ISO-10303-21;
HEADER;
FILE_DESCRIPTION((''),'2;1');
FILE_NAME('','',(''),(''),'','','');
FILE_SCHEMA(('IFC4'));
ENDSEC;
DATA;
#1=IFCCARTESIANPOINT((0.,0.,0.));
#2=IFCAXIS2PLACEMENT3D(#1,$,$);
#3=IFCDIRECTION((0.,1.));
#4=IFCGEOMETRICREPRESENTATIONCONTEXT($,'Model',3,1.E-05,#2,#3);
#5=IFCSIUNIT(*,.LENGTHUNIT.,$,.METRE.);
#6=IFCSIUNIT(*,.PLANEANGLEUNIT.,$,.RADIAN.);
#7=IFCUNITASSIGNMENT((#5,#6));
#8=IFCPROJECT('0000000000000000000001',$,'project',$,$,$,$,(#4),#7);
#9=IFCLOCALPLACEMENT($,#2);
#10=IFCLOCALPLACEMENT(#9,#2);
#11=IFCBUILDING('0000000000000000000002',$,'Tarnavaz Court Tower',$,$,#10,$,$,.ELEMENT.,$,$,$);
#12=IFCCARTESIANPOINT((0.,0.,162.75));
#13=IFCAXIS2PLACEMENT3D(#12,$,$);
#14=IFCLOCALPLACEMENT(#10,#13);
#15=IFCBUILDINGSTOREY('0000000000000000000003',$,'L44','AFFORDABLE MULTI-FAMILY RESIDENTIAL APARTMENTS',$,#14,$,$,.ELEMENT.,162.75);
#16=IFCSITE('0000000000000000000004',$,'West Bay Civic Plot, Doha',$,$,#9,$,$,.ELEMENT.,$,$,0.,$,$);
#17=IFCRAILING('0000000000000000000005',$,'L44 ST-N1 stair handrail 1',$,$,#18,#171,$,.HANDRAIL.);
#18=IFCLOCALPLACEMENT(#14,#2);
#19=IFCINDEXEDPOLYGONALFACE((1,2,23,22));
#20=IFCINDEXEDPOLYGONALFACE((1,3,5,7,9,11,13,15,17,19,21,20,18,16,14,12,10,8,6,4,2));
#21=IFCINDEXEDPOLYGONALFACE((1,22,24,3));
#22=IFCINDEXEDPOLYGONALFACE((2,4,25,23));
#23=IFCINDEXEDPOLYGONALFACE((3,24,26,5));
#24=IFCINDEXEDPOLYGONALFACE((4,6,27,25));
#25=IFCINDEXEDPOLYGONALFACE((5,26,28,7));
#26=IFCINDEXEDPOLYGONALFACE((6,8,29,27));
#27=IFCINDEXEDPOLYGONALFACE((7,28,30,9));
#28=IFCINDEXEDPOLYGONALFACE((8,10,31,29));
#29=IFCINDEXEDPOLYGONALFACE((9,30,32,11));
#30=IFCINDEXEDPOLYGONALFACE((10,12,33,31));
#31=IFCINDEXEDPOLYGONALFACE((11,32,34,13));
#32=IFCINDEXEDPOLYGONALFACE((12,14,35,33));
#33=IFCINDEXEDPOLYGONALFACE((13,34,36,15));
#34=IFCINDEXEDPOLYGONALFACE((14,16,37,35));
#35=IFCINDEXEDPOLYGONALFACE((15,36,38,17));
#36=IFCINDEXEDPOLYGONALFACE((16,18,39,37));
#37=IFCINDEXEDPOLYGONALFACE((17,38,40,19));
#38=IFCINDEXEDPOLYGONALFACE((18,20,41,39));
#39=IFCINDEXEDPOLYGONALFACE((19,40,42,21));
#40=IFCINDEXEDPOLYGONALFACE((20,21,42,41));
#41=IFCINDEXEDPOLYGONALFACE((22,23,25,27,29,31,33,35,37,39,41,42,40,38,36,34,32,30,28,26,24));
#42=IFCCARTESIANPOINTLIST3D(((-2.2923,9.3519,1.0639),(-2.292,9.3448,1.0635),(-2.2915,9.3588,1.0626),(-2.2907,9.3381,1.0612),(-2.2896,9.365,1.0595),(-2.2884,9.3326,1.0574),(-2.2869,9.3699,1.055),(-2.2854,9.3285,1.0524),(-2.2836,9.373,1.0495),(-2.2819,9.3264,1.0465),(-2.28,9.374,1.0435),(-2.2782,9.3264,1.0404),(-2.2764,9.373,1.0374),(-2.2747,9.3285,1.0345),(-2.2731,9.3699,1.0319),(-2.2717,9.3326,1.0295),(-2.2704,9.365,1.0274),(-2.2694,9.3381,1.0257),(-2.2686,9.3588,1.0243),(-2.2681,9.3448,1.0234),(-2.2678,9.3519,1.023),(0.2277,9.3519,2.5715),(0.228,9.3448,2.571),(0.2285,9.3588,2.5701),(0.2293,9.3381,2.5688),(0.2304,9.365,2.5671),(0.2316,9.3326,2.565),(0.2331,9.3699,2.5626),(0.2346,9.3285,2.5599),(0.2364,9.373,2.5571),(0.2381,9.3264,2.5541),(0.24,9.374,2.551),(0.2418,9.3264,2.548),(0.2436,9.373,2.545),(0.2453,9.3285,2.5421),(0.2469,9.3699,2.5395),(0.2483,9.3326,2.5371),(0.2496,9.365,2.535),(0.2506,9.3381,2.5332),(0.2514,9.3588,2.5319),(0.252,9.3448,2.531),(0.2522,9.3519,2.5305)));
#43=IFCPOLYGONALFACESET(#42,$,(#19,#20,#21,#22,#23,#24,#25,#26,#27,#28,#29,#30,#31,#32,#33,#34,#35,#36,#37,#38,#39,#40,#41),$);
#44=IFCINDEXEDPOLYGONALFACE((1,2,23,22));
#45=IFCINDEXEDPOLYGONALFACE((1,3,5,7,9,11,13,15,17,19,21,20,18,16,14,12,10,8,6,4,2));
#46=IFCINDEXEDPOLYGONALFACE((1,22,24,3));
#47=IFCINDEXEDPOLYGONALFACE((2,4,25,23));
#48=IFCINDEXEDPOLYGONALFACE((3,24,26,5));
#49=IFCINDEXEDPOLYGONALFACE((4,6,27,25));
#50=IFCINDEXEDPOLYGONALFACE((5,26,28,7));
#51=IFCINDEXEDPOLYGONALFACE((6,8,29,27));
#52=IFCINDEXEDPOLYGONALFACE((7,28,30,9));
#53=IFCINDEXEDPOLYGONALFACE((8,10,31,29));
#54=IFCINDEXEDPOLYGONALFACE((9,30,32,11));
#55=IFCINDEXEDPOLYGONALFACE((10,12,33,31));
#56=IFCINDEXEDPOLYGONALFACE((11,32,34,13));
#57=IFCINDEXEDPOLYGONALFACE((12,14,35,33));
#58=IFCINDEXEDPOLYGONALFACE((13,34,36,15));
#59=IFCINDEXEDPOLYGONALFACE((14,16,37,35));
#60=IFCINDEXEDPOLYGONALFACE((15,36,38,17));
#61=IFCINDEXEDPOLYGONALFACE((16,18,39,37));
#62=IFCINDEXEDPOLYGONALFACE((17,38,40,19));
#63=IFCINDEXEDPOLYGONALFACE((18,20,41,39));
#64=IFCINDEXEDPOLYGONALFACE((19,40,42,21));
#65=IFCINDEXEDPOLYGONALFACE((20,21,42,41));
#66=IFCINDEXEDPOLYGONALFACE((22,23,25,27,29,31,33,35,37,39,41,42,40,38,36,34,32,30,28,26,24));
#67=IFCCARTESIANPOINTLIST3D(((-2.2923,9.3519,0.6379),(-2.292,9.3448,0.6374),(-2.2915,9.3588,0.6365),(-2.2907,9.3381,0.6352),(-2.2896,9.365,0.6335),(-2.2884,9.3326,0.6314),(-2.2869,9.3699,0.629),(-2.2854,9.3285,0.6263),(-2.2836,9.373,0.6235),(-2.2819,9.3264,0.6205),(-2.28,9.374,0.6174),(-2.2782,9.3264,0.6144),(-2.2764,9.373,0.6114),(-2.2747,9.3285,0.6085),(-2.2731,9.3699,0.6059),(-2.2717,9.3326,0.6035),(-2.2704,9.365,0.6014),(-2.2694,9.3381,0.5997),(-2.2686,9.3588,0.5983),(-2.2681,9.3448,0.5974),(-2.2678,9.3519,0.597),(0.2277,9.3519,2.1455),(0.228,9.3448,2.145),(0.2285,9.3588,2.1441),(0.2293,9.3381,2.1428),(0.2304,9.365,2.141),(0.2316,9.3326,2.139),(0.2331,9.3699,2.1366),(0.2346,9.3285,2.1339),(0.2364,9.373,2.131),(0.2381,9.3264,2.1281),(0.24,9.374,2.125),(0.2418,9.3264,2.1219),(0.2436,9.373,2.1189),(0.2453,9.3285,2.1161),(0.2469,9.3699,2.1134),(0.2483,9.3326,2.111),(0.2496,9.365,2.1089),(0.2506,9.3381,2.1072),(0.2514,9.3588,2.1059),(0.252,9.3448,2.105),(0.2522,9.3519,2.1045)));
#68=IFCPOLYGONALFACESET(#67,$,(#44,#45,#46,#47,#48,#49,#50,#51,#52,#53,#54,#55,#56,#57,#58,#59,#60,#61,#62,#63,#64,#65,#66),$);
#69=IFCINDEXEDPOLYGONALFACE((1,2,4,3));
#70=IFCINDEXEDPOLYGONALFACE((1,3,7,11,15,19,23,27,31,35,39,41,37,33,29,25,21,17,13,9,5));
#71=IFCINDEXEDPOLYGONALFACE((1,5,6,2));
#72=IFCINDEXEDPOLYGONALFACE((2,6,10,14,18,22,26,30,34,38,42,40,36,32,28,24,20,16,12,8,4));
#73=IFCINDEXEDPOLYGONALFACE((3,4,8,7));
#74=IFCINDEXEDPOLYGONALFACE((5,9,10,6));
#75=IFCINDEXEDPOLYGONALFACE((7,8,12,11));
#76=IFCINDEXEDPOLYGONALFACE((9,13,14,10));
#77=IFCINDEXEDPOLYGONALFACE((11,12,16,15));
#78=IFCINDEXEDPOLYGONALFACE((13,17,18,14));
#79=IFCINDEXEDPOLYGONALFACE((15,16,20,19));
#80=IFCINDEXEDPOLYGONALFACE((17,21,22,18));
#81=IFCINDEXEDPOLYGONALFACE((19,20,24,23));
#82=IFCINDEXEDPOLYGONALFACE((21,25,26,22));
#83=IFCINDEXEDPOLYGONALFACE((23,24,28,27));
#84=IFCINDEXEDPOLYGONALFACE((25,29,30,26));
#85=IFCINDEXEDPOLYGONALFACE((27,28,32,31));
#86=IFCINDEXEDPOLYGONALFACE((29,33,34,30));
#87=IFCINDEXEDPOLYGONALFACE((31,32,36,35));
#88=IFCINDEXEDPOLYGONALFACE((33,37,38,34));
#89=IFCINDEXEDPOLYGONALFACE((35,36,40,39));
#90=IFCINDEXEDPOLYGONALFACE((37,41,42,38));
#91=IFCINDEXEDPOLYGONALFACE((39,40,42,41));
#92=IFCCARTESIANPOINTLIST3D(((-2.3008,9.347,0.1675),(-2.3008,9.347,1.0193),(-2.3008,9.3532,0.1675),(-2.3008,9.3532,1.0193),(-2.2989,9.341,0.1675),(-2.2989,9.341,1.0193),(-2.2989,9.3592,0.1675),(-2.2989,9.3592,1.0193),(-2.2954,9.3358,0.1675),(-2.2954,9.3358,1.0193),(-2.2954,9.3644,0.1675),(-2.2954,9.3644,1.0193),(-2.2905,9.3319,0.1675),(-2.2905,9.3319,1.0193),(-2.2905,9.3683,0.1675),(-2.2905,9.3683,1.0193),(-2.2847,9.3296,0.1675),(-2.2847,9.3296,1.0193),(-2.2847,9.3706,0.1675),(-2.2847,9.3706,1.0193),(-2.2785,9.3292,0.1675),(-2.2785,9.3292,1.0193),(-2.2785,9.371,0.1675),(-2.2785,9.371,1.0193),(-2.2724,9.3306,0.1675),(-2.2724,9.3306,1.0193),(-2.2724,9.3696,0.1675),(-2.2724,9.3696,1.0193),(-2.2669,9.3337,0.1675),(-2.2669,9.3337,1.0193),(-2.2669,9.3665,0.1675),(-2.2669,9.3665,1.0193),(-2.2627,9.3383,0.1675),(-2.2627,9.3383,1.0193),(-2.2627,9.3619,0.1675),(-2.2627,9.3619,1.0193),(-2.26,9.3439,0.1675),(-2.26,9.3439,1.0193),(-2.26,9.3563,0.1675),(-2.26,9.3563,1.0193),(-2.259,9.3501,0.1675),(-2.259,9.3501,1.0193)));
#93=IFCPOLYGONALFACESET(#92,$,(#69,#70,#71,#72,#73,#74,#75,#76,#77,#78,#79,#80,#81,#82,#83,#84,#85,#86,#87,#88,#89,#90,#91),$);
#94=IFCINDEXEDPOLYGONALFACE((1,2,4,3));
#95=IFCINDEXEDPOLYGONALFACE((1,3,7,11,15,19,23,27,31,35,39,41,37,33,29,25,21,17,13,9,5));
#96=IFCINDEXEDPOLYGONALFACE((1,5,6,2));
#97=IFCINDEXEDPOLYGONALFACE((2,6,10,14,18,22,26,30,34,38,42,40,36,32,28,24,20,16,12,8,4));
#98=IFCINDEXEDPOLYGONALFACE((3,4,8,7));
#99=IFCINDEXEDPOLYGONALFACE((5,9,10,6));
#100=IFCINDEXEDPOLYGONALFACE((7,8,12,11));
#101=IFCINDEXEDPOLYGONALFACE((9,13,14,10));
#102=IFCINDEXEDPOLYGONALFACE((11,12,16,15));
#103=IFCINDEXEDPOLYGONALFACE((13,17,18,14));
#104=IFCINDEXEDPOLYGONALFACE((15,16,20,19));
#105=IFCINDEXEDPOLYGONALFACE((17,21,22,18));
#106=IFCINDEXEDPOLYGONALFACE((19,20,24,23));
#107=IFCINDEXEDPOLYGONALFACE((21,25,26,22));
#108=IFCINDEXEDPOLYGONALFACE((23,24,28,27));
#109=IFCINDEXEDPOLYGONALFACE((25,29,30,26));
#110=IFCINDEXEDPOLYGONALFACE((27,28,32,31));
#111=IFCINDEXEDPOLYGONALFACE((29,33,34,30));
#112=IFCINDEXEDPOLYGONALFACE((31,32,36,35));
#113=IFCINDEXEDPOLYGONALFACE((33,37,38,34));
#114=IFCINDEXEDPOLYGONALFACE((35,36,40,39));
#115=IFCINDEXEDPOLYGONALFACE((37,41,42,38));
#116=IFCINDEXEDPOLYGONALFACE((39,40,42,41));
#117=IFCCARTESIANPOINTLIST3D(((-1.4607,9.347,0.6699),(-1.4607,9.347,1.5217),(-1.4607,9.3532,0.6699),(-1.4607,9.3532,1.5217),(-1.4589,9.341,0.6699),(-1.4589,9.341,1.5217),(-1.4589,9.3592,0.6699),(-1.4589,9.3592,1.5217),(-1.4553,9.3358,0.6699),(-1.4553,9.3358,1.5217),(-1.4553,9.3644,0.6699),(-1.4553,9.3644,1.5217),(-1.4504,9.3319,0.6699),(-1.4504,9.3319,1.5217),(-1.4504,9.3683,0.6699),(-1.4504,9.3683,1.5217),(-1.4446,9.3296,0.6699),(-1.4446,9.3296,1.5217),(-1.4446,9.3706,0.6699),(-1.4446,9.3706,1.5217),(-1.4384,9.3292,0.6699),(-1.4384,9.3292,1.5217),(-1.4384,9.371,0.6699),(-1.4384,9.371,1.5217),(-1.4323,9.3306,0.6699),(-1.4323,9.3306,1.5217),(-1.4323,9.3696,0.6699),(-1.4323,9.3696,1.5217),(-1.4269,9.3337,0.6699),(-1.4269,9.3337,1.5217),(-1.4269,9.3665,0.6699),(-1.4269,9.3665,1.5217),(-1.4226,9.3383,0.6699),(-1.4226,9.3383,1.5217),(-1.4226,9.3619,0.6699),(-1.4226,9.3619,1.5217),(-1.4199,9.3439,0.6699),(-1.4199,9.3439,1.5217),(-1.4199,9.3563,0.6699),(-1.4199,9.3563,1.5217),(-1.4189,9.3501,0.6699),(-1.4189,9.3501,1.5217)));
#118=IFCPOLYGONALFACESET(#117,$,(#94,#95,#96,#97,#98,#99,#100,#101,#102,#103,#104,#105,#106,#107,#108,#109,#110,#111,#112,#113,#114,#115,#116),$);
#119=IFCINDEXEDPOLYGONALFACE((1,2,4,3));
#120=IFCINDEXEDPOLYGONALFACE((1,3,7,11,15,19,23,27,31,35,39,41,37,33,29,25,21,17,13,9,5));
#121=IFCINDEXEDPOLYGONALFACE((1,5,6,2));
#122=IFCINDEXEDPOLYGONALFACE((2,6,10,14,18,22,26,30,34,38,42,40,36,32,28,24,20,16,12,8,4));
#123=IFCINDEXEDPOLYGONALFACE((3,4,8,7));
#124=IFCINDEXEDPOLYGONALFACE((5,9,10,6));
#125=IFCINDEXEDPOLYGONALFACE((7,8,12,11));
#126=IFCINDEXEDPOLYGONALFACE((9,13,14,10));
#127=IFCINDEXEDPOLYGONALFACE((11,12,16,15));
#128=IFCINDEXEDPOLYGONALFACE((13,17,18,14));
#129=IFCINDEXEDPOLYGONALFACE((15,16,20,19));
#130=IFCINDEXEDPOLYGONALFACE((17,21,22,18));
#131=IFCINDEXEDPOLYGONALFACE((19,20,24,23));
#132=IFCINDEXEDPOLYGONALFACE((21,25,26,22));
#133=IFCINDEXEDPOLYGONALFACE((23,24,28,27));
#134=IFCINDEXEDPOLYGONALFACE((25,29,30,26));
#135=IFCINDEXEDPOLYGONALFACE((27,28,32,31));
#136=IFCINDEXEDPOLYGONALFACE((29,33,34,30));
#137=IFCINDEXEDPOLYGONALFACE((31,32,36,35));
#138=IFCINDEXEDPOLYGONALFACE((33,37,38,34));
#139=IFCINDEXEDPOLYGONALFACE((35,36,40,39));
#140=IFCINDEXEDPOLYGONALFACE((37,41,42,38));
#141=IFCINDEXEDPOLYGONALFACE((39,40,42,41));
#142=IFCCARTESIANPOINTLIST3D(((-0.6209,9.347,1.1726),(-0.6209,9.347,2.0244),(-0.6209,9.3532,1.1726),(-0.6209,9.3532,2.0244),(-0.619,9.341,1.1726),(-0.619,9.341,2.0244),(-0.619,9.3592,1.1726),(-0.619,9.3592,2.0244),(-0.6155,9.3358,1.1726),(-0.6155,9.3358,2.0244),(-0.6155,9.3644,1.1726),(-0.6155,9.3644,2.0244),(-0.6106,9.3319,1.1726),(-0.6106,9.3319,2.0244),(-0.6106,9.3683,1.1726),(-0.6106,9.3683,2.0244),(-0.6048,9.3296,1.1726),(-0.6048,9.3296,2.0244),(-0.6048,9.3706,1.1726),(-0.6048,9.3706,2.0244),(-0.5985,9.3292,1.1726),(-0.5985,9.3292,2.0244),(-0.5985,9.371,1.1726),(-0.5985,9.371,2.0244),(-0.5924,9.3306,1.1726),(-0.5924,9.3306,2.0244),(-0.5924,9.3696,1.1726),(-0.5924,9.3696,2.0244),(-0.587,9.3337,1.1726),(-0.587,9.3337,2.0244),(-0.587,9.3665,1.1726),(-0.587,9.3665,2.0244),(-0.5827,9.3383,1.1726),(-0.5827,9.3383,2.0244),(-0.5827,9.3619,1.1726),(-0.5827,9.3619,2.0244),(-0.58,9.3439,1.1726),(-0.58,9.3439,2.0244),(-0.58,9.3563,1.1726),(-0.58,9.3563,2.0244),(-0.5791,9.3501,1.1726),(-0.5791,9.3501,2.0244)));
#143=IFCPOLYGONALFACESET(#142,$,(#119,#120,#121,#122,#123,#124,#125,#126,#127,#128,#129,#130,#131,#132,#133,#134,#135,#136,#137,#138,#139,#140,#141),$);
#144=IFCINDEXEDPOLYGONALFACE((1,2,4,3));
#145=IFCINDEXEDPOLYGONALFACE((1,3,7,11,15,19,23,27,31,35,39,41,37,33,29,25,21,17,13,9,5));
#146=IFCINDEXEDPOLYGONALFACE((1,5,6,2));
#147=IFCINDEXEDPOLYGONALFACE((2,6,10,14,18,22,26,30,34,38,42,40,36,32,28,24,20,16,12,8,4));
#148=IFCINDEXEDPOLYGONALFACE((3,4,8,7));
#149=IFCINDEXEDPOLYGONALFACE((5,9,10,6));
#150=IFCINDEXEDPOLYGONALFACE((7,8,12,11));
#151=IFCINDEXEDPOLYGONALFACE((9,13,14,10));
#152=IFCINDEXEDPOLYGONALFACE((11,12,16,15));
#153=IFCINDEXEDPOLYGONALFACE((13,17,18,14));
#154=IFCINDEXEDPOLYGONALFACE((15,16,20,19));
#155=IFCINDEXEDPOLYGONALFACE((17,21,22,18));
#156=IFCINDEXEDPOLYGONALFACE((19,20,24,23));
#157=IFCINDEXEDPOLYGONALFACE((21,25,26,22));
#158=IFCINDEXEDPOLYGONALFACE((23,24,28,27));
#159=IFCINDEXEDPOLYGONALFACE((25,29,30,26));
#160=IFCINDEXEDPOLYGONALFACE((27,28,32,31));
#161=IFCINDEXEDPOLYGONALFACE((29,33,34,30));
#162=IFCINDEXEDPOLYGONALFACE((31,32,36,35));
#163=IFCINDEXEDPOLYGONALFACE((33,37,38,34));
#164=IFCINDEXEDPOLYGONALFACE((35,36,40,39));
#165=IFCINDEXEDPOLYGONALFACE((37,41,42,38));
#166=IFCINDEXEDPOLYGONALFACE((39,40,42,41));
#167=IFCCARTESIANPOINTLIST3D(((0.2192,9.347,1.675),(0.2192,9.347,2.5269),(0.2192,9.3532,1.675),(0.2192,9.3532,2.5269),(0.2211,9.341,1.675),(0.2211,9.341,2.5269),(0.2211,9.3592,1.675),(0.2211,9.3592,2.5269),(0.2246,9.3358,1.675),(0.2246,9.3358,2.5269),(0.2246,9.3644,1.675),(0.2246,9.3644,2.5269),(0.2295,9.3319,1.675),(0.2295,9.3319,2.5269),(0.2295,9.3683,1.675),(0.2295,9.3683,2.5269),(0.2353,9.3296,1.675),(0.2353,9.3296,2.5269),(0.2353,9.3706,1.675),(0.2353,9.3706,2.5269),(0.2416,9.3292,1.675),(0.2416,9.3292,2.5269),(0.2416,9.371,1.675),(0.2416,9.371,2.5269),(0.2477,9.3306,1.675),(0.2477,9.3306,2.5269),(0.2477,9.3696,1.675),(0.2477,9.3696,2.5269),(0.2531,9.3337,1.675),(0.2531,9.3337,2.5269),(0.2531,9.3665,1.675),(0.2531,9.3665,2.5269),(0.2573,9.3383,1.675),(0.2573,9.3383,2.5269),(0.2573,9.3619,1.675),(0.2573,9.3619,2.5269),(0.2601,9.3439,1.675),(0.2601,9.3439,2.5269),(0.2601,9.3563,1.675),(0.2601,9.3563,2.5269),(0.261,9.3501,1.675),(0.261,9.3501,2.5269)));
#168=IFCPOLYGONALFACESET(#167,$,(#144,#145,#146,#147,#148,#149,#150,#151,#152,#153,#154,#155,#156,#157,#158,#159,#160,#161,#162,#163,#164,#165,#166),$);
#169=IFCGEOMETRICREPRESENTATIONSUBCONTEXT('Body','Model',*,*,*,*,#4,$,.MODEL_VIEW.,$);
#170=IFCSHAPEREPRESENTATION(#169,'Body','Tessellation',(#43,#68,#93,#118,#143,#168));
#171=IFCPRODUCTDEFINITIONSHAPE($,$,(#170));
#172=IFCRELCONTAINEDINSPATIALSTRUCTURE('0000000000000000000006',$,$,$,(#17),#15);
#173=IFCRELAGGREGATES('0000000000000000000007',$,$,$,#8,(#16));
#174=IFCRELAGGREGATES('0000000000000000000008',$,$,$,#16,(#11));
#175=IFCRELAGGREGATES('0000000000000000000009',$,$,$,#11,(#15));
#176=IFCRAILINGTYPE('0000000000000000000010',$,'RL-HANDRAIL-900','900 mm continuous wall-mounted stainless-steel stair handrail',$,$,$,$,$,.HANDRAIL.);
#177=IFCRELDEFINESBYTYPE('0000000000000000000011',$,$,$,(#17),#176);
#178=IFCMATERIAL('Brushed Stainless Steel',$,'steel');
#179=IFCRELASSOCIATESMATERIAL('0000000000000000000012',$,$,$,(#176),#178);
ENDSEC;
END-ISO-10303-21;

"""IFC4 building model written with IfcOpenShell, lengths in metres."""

from ifc_helpers import new_model, si_unit, direction, frame, origin, origin_2d, place, context, subcontext, project, spatial, circle, extrude, material, type_object, element, save


model = new_model("IFC4")

# Units and contexts
model_context = context("Model", 3, precision=1e-05, world=origin(), true_north=direction((0.0, 1.0)))
body_context = subcontext(model_context, "Body", "Model", "MODEL_VIEW")
ifc_project = project(units=[si_unit("LENGTHUNIT", "METRE"), si_unit("PLANEANGLEUNIT", "RADIAN")], contexts=[model_context])

# Site, building, storey
site_placement = place(None, origin())
site = spatial("IfcSite", under=ifc_project, at=site_placement, Name="West Bay Civic Plot, Doha", CompositionType="ELEMENT", RefElevation=0.0)
building_placement = place(site_placement, origin())
building = spatial("IfcBuilding", under=site, at=building_placement, Name="Tarnavaz Court Tower", CompositionType="ELEMENT")
storey_placement = place(building_placement, frame((0.0, 0.0, 162.75)))
storey = spatial("IfcBuildingStorey", under=building, at=storey_placement, Name="L44", Description="AFFORDABLE MULTI-FAMILY RESIDENTIAL APARTMENTS", CompositionType="ELEMENT", Elevation=162.75)

# Railing
ifc_material_1 = material(Name="Brushed Stainless Steel", Category="steel")
railing_type_1 = type_object("IfcRailingType", Name="RL-HANDRAIL-900", Description="900 mm continuous wall-mounted stainless-steel stair handrail", PredefinedType="HANDRAIL", material=ifc_material_1)
railing_1_placement = place(storey_placement, frame((-2.28, 9.3501, 0.1675)))
element("IfcRailing", 1, at=railing_1_placement, inside=storey, type_object=railing_type_1, Name="L44 ST-N1 stair handrail 1", PredefinedType="HANDRAIL", context=body_context, shape_type="SweptSolid", body=[
    extrude(circle(Radius=0.0239, at=origin_2d()), frame((0.0, 0.0, 0.876), z_axis=(0.85816, 0.0, 0.513383), x_axis=(0.0, 1.0, 0.0)), (0.0, 0.0, 1.0), 2.9365),
    extrude(circle(Radius=0.0239, at=origin_2d()), frame((0.0, 0.0, 0.45), z_axis=(0.85816, 0.0, 0.513383), x_axis=(0.0, 1.0, 0.0)), (0.0, 0.0, 1.0), 2.9365),
    extrude(circle(Radius=0.021, at=origin_2d()), origin(), (0.0, 0.0, 1.0), 0.8518),
    extrude(circle(Radius=0.021, at=origin_2d()), frame((0.8401, 0.0, 0.5024)), (0.0, 0.0, 1.0), 0.8518),
    extrude(circle(Radius=0.021, at=origin_2d()), frame((1.6799, 0.0, 1.0051)), (0.0, 0.0, 1.0), 0.8518),
    extrude(circle(Radius=0.021, at=origin_2d()), frame((2.52, 0.0, 1.5076)), (0.0, 0.0, 1.0), 0.8518),
])

save(model, "model.ifc")
